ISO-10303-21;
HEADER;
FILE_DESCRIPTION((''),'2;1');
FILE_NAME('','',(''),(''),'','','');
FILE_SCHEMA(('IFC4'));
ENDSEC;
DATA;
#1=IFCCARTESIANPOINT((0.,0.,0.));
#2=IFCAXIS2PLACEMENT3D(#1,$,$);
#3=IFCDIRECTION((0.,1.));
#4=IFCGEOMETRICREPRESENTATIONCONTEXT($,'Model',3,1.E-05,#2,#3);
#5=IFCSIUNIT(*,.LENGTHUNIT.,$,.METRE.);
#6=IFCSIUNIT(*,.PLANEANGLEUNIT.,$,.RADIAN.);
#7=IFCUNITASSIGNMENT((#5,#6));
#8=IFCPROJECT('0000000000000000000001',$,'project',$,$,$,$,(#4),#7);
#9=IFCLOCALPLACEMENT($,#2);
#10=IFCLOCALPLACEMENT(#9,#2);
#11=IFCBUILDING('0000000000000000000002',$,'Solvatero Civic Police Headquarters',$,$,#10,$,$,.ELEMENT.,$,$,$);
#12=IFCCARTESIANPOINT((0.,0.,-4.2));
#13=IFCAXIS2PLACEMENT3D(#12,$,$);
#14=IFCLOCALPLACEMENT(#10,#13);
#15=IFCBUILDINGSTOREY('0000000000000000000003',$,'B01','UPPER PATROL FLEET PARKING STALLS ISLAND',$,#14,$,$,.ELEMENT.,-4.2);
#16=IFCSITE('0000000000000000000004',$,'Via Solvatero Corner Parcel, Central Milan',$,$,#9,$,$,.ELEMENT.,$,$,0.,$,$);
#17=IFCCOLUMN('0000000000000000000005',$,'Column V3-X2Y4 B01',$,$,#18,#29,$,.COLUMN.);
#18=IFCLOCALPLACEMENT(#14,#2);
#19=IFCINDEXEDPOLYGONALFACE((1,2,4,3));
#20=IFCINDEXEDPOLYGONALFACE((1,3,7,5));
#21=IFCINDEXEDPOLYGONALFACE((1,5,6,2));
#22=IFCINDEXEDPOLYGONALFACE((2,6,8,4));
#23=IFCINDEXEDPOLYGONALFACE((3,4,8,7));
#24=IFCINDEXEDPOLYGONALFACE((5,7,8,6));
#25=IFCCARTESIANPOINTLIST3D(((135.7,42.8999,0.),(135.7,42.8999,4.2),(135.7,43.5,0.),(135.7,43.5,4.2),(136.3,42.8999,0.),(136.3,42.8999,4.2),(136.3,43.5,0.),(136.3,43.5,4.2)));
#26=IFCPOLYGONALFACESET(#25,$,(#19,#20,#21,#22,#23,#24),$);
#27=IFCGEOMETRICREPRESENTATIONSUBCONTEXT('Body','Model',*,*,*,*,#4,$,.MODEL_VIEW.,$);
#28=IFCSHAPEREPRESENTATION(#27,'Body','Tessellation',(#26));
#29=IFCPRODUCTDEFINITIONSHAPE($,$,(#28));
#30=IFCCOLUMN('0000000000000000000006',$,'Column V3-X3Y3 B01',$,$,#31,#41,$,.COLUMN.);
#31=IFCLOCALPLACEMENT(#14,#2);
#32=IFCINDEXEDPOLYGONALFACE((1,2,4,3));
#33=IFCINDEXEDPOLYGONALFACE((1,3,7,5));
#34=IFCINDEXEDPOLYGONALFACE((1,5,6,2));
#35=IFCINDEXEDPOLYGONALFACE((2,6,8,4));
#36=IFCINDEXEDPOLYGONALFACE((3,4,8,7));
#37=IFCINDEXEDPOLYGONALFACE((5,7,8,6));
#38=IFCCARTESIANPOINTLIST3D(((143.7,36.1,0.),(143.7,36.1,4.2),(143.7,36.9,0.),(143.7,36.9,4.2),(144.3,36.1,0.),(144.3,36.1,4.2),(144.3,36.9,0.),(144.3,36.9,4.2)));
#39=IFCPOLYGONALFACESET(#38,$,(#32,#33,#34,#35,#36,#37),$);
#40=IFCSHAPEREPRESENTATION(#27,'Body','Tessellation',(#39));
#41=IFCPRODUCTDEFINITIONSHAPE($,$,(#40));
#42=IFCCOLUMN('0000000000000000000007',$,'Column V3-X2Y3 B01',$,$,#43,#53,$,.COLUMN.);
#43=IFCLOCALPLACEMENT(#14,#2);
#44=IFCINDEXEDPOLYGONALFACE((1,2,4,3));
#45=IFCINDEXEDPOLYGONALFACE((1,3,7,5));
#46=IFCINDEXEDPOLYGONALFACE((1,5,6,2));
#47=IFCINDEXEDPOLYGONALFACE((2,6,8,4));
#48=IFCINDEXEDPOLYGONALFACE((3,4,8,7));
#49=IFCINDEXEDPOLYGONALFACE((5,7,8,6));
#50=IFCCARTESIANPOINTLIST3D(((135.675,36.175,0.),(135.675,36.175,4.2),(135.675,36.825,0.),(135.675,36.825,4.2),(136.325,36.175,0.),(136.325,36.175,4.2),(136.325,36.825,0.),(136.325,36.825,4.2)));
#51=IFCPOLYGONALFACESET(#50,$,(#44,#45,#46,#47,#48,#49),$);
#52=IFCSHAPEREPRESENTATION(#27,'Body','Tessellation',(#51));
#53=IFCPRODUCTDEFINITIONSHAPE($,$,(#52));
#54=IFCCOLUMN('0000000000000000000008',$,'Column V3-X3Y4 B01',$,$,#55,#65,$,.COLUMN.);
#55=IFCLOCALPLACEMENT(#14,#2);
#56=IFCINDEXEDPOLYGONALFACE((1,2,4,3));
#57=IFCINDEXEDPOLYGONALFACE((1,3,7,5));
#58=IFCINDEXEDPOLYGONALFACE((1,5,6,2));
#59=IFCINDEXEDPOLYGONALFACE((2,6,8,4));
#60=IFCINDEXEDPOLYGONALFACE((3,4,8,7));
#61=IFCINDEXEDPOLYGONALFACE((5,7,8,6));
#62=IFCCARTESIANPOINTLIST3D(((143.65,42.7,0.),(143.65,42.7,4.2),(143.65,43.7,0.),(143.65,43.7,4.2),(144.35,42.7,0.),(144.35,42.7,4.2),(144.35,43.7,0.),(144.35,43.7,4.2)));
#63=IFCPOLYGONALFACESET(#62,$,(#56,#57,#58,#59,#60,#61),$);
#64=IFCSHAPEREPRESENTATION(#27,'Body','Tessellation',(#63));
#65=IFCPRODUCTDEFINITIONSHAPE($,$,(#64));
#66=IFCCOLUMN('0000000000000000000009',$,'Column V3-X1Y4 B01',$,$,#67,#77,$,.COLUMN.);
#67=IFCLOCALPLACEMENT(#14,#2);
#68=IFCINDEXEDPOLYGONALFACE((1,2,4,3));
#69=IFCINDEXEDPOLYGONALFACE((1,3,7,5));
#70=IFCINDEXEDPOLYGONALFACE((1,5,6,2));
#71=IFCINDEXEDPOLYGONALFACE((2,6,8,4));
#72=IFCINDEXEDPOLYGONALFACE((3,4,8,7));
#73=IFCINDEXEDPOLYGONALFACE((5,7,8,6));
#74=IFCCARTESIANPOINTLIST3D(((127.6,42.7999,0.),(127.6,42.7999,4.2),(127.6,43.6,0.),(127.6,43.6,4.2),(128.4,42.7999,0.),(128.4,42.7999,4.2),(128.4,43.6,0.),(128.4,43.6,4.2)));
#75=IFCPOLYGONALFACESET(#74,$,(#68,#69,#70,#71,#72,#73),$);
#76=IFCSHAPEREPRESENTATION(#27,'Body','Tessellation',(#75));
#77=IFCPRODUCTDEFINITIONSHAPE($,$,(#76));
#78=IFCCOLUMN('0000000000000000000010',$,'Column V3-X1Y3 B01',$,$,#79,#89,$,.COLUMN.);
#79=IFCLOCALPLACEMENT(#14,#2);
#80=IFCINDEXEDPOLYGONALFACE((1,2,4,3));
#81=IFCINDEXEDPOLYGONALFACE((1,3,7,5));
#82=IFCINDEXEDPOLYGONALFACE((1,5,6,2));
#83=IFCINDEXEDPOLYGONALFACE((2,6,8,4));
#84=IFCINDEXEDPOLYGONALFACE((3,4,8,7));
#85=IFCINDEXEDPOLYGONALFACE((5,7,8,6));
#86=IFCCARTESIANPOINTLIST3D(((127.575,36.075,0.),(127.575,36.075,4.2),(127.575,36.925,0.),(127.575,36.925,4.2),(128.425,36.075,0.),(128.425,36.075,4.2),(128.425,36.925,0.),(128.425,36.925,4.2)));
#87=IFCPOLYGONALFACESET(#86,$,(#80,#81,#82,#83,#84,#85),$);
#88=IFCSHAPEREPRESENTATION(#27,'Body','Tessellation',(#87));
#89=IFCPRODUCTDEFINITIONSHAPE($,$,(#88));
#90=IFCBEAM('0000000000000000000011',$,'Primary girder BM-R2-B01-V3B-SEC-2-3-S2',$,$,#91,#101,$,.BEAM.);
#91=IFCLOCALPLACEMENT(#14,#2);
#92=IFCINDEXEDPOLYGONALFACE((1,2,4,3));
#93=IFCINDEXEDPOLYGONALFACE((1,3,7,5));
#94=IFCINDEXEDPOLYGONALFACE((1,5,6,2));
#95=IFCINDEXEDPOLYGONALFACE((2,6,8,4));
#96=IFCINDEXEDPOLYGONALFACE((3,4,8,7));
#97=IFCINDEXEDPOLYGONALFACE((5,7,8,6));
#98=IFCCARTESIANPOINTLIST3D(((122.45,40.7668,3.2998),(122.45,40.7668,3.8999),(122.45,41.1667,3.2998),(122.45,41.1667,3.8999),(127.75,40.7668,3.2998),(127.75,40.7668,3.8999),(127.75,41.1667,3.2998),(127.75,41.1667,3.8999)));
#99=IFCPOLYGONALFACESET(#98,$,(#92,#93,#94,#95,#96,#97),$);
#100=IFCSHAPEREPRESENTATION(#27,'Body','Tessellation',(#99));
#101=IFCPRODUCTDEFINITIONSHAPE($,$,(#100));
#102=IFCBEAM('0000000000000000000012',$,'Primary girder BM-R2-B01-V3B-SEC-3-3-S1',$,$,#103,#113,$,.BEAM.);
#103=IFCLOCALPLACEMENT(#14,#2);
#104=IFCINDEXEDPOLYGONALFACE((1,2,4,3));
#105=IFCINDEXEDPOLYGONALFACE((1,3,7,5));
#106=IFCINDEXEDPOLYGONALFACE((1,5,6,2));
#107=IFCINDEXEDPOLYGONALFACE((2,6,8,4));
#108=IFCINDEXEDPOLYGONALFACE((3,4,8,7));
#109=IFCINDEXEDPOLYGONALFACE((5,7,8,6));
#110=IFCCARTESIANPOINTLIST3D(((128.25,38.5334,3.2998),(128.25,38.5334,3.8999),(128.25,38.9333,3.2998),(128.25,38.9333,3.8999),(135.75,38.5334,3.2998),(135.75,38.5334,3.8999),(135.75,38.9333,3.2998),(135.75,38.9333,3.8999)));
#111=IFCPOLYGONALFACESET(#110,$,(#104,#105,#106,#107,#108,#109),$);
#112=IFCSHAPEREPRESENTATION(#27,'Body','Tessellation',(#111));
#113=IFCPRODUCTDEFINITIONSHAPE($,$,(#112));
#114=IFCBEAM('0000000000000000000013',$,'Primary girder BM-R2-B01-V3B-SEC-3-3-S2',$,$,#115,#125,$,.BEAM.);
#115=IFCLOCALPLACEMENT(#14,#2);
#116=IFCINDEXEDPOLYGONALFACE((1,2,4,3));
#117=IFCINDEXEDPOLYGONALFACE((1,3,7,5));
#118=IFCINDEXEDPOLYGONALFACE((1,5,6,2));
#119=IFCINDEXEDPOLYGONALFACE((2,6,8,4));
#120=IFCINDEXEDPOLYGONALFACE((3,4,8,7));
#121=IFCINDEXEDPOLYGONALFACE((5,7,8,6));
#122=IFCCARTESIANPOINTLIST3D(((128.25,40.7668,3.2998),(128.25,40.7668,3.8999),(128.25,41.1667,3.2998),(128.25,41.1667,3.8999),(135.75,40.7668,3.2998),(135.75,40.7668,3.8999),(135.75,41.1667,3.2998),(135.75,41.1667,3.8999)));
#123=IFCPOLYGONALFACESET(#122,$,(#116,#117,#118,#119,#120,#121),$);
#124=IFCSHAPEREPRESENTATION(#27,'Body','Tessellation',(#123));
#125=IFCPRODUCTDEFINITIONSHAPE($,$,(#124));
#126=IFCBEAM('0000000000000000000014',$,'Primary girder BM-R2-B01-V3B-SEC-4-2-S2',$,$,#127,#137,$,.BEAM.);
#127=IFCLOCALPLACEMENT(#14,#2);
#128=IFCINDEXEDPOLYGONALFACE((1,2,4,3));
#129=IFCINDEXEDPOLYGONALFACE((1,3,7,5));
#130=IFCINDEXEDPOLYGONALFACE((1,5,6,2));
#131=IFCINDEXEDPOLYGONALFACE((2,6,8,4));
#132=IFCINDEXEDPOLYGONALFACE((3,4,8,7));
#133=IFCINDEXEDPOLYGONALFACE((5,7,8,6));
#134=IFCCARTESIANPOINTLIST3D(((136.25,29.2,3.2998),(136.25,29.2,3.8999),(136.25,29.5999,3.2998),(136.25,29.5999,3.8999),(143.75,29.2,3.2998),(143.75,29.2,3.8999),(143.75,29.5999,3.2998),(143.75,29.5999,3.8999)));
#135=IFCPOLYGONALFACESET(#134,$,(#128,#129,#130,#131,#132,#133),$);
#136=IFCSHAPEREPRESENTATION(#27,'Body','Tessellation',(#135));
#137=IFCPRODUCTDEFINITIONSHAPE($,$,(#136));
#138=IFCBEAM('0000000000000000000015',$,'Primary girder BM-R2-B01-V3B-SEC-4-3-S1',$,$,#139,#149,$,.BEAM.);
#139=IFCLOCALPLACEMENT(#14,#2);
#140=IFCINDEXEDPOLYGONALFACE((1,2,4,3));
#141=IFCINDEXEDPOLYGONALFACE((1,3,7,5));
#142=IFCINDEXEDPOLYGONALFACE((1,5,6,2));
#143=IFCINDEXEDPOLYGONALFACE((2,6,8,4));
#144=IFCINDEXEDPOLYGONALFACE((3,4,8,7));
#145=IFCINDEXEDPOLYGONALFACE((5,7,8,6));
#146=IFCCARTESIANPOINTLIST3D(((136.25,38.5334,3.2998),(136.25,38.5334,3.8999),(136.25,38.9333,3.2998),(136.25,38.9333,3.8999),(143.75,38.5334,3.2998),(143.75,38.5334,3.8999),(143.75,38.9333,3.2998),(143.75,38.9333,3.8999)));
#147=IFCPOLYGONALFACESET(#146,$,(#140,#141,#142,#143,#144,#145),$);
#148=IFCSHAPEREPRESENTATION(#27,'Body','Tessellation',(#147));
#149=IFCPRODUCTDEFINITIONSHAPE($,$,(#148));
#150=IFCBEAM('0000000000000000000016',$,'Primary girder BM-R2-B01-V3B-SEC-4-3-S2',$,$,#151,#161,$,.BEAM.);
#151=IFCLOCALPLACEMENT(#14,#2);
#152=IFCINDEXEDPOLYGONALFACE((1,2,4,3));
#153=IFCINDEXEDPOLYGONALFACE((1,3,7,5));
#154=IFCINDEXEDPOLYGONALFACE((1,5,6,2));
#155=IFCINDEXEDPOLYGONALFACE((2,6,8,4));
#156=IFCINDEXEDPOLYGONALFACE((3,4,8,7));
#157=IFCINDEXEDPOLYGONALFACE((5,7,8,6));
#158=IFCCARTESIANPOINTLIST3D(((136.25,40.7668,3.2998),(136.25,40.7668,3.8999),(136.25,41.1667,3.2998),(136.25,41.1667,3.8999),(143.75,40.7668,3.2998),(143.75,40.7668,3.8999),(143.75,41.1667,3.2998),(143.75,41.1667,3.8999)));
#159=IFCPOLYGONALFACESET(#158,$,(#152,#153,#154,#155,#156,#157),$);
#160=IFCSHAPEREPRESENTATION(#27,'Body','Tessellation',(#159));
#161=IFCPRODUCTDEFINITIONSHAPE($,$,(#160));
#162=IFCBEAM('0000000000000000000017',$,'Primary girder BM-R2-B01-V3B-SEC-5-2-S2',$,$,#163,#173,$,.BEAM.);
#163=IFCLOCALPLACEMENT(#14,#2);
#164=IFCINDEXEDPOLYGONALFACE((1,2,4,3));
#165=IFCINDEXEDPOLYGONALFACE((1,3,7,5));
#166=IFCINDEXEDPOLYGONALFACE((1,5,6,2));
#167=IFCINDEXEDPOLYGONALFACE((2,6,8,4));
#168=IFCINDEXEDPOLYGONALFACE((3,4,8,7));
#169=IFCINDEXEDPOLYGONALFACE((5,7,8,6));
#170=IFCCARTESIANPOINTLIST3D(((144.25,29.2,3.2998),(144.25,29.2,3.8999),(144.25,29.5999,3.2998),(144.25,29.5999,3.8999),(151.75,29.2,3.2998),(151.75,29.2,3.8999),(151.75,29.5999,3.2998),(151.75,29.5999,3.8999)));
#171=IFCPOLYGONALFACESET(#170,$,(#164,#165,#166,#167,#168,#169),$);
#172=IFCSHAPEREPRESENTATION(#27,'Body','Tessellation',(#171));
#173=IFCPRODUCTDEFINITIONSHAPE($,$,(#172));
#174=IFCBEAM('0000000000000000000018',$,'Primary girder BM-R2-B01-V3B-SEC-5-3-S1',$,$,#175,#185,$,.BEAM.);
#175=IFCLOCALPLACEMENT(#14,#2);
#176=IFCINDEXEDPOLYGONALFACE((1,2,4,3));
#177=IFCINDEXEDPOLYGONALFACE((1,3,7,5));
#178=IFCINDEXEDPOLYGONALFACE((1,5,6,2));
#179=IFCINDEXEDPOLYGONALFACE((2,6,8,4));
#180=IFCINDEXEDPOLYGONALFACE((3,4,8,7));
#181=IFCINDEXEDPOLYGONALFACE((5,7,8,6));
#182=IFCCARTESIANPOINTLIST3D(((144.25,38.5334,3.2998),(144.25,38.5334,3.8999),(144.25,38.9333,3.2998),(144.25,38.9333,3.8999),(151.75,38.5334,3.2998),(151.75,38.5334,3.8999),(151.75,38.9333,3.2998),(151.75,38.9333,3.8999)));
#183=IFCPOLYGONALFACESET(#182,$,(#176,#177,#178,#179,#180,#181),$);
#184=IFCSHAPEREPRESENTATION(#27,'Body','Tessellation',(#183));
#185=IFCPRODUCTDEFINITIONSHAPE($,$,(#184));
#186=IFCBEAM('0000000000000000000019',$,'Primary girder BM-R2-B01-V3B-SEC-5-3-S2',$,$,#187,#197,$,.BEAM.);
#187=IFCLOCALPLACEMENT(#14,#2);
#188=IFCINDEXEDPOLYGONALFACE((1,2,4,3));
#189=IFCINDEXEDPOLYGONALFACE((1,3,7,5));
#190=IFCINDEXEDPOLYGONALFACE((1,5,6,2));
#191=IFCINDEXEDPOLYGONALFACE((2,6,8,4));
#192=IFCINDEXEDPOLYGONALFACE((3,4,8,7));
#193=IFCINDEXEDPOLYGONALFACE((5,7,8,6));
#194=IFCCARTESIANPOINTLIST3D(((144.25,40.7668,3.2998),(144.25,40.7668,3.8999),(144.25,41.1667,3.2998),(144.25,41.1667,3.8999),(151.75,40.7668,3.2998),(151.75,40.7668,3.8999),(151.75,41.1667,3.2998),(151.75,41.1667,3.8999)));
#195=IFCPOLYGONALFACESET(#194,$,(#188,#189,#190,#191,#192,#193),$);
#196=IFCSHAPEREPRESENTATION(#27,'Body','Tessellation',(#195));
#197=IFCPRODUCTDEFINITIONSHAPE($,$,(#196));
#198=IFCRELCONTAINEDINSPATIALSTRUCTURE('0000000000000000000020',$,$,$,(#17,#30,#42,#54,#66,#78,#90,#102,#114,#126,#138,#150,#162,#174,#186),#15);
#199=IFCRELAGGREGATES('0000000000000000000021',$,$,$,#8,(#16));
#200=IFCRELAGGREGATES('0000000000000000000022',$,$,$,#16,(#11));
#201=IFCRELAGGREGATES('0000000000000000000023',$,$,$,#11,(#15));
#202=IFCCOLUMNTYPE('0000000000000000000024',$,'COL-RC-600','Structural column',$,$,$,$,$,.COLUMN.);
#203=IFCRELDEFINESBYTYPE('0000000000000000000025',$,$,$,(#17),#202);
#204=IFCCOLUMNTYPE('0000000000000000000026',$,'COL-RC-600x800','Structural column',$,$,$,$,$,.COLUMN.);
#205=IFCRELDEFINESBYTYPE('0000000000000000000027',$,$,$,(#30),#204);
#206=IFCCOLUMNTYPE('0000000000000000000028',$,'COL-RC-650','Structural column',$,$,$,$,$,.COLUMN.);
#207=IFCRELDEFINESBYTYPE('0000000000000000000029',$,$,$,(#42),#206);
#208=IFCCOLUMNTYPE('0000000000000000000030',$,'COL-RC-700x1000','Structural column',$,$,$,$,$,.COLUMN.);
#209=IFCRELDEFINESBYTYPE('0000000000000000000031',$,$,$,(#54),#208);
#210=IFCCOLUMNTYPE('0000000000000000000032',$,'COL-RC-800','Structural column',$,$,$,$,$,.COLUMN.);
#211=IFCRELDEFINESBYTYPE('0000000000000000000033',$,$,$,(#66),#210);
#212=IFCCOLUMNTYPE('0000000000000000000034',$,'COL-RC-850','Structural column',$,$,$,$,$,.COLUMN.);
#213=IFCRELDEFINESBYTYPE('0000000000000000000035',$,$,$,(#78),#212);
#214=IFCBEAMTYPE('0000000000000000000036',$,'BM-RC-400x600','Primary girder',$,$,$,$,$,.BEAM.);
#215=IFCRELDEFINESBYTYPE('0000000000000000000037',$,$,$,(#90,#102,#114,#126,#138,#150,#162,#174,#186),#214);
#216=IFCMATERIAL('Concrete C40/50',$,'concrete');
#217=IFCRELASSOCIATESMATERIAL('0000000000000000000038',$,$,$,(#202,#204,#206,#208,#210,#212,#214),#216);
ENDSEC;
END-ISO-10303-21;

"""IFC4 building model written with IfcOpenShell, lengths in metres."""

from ifc_helpers import new_model, si_unit, direction, frame, origin, origin_2d, place, context, subcontext, project, spatial, rectangle, extrude, material, material_profile, profile_set, type_object, element, save


model = new_model("IFC4")

# Units and contexts
model_context = context("Model", 3, precision=1e-05, world=origin(), true_north=direction((0.0, 1.0)))
body_context = subcontext(model_context, "Body", "Model", "MODEL_VIEW")
ifc_project = project(units=[si_unit("LENGTHUNIT", "METRE"), si_unit("PLANEANGLEUNIT", "RADIAN")], contexts=[model_context])

# Site, building, storey
site_placement = place(None, origin())
site = spatial("IfcSite", under=ifc_project, at=site_placement, Name="Via Solvatero Corner Parcel, Central Milan", CompositionType="ELEMENT", RefElevation=0.0)
building_placement = place(site_placement, origin())
building = spatial("IfcBuilding", under=site, at=building_placement, Name="Solvatero Civic Police Headquarters", CompositionType="ELEMENT")
storey_placement = place(building_placement, frame((0.0, 0.0, -4.2)))
storey = spatial("IfcBuildingStorey", under=building, at=storey_placement, Name="B01", Description="UPPER PATROL FLEET PARKING STALLS ISLAND", CompositionType="ELEMENT", Elevation=-4.2)

# Columns
ifc_material_1 = material(Name="Concrete C40/50", Category="concrete")
ifc_material_profile_1 = material_profile(ifc_material_1, rectangle(XDim=0.6001, YDim=0.6001, at=origin_2d()), Name="RC 600x600")
ifc_profile_set_1 = profile_set([ifc_material_profile_1], Name="Concrete C40/50")
column_type_1 = type_object("IfcColumnType", Name="COL-RC-600", Description="Structural column", PredefinedType="COLUMN", material=ifc_profile_set_1)
column_1_placement = place(storey_placement, frame((136.0, 43.2, 0.0), z_axis=(0.0, 0.0, 1.0), x_axis=(1.0, 0.0, 0.0)))
element("IfcColumn", 1, at=column_1_placement, inside=storey, type_object=column_type_1, Name="Column V3-X2Y4 B01", PredefinedType="COLUMN", context=body_context, shape_type="SweptSolid", body=[
    extrude(rectangle(XDim=0.6001, YDim=0.6001, at=origin_2d()), origin(), (0.0, 0.0, 1.0), 4.2),
])
ifc_material_profile_2 = material_profile(ifc_material_1, rectangle(XDim=0.6001, YDim=0.8, at=origin_2d()), Name="RC 600x800")
ifc_profile_set_2 = profile_set([ifc_material_profile_2], Name="Concrete C40/50")
column_type_2 = type_object("IfcColumnType", Name="COL-RC-600x800", Description="Structural column", PredefinedType="COLUMN", material=ifc_profile_set_2)
column_2_placement = place(storey_placement, frame((144.0, 36.5, 0.0), z_axis=(0.0, 0.0, 1.0), x_axis=(1.0, 0.0, 0.0)))
element("IfcColumn", 2, at=column_2_placement, inside=storey, type_object=column_type_2, Name="Column V3-X3Y3 B01", PredefinedType="COLUMN", context=body_context, shape_type="SweptSolid", body=[
    extrude(rectangle(XDim=0.6001, YDim=0.8, at=origin_2d()), origin(), (0.0, 0.0, 1.0), 4.2),
])
ifc_material_profile_3 = material_profile(ifc_material_1, rectangle(XDim=0.6499, YDim=0.6499, at=origin_2d()), Name="RC 650x650")
ifc_profile_set_3 = profile_set([ifc_material_profile_3], Name="Concrete C40/50")
column_type_3 = type_object("IfcColumnType", Name="COL-RC-650", Description="Structural column", PredefinedType="COLUMN", material=ifc_profile_set_3)
column_3_placement = place(storey_placement, frame((136.0, 36.5, 0.0), z_axis=(0.0, 0.0, 1.0), x_axis=(1.0, 0.0, 0.0)))
element("IfcColumn", 3, at=column_3_placement, inside=storey, type_object=column_type_3, Name="Column V3-X2Y3 B01", PredefinedType="COLUMN", context=body_context, shape_type="SweptSolid", body=[
    extrude(rectangle(XDim=0.6499, YDim=0.6499, at=origin_2d()), origin(), (0.0, 0.0, 1.0), 4.2),
])
ifc_material_profile_4 = material_profile(ifc_material_1, rectangle(XDim=0.7, YDim=1.0, at=origin_2d()), Name="RC 700x1000")
ifc_profile_set_4 = profile_set([ifc_material_profile_4], Name="Concrete C40/50")
column_type_4 = type_object("IfcColumnType", Name="COL-RC-700x1000", Description="Structural column", PredefinedType="COLUMN", material=ifc_profile_set_4)
column_4_placement = place(storey_placement, frame((144.0, 43.2, 0.0), z_axis=(0.0, 0.0, 1.0), x_axis=(1.0, 0.0, 0.0)))
element("IfcColumn", 4, at=column_4_placement, inside=storey, type_object=column_type_4, Name="Column V3-X3Y4 B01", PredefinedType="COLUMN", context=body_context, shape_type="SweptSolid", body=[
    extrude(rectangle(XDim=0.7, YDim=1.0, at=origin_2d()), origin(), (0.0, 0.0, 1.0), 4.2),
])
ifc_material_profile_5 = material_profile(ifc_material_1, rectangle(XDim=0.8, YDim=0.8, at=origin_2d()), Name="RC 800x800")
ifc_profile_set_5 = profile_set([ifc_material_profile_5], Name="Concrete C40/50")
column_type_5 = type_object("IfcColumnType", Name="COL-RC-800", Description="Structural column", PredefinedType="COLUMN", material=ifc_profile_set_5)
column_5_placement = place(storey_placement, frame((128.0, 43.2, 0.0), z_axis=(0.0, 0.0, 1.0), x_axis=(1.0, 0.0, 0.0)))
element("IfcColumn", 5, at=column_5_placement, inside=storey, type_object=column_type_5, Name="Column V3-X1Y4 B01", PredefinedType="COLUMN", context=body_context, shape_type="SweptSolid", body=[
    extrude(rectangle(XDim=0.8, YDim=0.8, at=origin_2d()), origin(), (0.0, 0.0, 1.0), 4.2),
])
ifc_material_profile_6 = material_profile(ifc_material_1, rectangle(XDim=0.8501, YDim=0.8501, at=origin_2d()), Name="RC 850x850")
ifc_profile_set_6 = profile_set([ifc_material_profile_6], Name="Concrete C40/50")
column_type_6 = type_object("IfcColumnType", Name="COL-RC-850", Description="Structural column", PredefinedType="COLUMN", material=ifc_profile_set_6)
column_6_placement = place(storey_placement, frame((128.0, 36.5, 0.0), z_axis=(0.0, 0.0, 1.0), x_axis=(1.0, 0.0, 0.0)))
element("IfcColumn", 6, at=column_6_placement, inside=storey, type_object=column_type_6, Name="Column V3-X1Y3 B01", PredefinedType="COLUMN", context=body_context, shape_type="SweptSolid", body=[
    extrude(rectangle(XDim=0.8501, YDim=0.8501, at=origin_2d()), origin(), (0.0, 0.0, 1.0), 4.2),
])

# Beams
ifc_material_profile_7 = material_profile(ifc_material_1, rectangle(XDim=0.3999, YDim=0.6001, at=origin_2d()), Name="RC 400x600")
ifc_profile_set_7 = profile_set([ifc_material_profile_7], Name="Concrete C40/50")
beam_type_1 = type_object("IfcBeamType", Name="BM-RC-400x600", Description="Primary girder", PredefinedType="BEAM", material=ifc_profile_set_7)
beam_placement = place(storey_placement, frame((122.45, 40.9668, 3.5999), z_axis=(1.0, 0.0, 0.0), x_axis=(0.0, 1.0, 0.0)))
element("IfcBeam", 7, at=beam_placement, inside=storey, type_object=beam_type_1, Name="Primary girder BM-R2-B01-V3B-SEC-2-3-S2", PredefinedType="BEAM", context=body_context, shape_type="SweptSolid", body=[
    extrude(rectangle(XDim=0.3999, YDim=0.6001, at=origin_2d()), origin(), (0.0, 0.0, 1.0), 5.3),
])
for number, where, z_axis, x_axis, name in (
    (8, (128.25, 38.7334, 3.5999), (1.0, 0.0, 0.0), (0.0, 1.0, 0.0), "Primary girder BM-R2-B01-V3B-SEC-3-3-S1"),
    (9, (128.25, 40.9668, 3.5999), (1.0, 0.0, 0.0), (0.0, 1.0, 0.0), "Primary girder BM-R2-B01-V3B-SEC-3-3-S2"),
    (10, (136.25, 29.3999, 3.5999), (1.0, 0.0, 0.0), (0.0, 1.0, 0.0), "Primary girder BM-R2-B01-V3B-SEC-4-2-S2"),
    (11, (136.25, 38.7334, 3.5999), (1.0, 0.0, 0.0), (0.0, 1.0, 0.0), "Primary girder BM-R2-B01-V3B-SEC-4-3-S1"),
    (12, (136.25, 40.9668, 3.5999), (1.0, 0.0, 0.0), (0.0, 1.0, 0.0), "Primary girder BM-R2-B01-V3B-SEC-4-3-S2"),
    (13, (144.25, 29.3999, 3.5999), (1.0, 0.0, 0.0), (0.0, 1.0, 0.0), "Primary girder BM-R2-B01-V3B-SEC-5-2-S2"),
    (14, (144.25, 38.7334, 3.5999), (1.0, 0.0, 0.0), (0.0, 1.0, 0.0), "Primary girder BM-R2-B01-V3B-SEC-5-3-S1"),
    (15, (144.25, 40.9668, 3.5999), (1.0, 0.0, 0.0), (0.0, 1.0, 0.0), "Primary girder BM-R2-B01-V3B-SEC-5-3-S2"),
):
    element("IfcBeam", number, at=place(storey_placement, frame(where, z_axis=z_axis, x_axis=x_axis)), inside=storey, type_object=beam_type_1, Name=name, PredefinedType="BEAM", context=body_context, shape_type="SweptSolid", body=[
        extrude(rectangle(XDim=0.3999, YDim=0.6001, at=origin_2d()), origin(), (0.0, 0.0, 1.0), 7.5),
    ])

save(model, "model.ifc")
